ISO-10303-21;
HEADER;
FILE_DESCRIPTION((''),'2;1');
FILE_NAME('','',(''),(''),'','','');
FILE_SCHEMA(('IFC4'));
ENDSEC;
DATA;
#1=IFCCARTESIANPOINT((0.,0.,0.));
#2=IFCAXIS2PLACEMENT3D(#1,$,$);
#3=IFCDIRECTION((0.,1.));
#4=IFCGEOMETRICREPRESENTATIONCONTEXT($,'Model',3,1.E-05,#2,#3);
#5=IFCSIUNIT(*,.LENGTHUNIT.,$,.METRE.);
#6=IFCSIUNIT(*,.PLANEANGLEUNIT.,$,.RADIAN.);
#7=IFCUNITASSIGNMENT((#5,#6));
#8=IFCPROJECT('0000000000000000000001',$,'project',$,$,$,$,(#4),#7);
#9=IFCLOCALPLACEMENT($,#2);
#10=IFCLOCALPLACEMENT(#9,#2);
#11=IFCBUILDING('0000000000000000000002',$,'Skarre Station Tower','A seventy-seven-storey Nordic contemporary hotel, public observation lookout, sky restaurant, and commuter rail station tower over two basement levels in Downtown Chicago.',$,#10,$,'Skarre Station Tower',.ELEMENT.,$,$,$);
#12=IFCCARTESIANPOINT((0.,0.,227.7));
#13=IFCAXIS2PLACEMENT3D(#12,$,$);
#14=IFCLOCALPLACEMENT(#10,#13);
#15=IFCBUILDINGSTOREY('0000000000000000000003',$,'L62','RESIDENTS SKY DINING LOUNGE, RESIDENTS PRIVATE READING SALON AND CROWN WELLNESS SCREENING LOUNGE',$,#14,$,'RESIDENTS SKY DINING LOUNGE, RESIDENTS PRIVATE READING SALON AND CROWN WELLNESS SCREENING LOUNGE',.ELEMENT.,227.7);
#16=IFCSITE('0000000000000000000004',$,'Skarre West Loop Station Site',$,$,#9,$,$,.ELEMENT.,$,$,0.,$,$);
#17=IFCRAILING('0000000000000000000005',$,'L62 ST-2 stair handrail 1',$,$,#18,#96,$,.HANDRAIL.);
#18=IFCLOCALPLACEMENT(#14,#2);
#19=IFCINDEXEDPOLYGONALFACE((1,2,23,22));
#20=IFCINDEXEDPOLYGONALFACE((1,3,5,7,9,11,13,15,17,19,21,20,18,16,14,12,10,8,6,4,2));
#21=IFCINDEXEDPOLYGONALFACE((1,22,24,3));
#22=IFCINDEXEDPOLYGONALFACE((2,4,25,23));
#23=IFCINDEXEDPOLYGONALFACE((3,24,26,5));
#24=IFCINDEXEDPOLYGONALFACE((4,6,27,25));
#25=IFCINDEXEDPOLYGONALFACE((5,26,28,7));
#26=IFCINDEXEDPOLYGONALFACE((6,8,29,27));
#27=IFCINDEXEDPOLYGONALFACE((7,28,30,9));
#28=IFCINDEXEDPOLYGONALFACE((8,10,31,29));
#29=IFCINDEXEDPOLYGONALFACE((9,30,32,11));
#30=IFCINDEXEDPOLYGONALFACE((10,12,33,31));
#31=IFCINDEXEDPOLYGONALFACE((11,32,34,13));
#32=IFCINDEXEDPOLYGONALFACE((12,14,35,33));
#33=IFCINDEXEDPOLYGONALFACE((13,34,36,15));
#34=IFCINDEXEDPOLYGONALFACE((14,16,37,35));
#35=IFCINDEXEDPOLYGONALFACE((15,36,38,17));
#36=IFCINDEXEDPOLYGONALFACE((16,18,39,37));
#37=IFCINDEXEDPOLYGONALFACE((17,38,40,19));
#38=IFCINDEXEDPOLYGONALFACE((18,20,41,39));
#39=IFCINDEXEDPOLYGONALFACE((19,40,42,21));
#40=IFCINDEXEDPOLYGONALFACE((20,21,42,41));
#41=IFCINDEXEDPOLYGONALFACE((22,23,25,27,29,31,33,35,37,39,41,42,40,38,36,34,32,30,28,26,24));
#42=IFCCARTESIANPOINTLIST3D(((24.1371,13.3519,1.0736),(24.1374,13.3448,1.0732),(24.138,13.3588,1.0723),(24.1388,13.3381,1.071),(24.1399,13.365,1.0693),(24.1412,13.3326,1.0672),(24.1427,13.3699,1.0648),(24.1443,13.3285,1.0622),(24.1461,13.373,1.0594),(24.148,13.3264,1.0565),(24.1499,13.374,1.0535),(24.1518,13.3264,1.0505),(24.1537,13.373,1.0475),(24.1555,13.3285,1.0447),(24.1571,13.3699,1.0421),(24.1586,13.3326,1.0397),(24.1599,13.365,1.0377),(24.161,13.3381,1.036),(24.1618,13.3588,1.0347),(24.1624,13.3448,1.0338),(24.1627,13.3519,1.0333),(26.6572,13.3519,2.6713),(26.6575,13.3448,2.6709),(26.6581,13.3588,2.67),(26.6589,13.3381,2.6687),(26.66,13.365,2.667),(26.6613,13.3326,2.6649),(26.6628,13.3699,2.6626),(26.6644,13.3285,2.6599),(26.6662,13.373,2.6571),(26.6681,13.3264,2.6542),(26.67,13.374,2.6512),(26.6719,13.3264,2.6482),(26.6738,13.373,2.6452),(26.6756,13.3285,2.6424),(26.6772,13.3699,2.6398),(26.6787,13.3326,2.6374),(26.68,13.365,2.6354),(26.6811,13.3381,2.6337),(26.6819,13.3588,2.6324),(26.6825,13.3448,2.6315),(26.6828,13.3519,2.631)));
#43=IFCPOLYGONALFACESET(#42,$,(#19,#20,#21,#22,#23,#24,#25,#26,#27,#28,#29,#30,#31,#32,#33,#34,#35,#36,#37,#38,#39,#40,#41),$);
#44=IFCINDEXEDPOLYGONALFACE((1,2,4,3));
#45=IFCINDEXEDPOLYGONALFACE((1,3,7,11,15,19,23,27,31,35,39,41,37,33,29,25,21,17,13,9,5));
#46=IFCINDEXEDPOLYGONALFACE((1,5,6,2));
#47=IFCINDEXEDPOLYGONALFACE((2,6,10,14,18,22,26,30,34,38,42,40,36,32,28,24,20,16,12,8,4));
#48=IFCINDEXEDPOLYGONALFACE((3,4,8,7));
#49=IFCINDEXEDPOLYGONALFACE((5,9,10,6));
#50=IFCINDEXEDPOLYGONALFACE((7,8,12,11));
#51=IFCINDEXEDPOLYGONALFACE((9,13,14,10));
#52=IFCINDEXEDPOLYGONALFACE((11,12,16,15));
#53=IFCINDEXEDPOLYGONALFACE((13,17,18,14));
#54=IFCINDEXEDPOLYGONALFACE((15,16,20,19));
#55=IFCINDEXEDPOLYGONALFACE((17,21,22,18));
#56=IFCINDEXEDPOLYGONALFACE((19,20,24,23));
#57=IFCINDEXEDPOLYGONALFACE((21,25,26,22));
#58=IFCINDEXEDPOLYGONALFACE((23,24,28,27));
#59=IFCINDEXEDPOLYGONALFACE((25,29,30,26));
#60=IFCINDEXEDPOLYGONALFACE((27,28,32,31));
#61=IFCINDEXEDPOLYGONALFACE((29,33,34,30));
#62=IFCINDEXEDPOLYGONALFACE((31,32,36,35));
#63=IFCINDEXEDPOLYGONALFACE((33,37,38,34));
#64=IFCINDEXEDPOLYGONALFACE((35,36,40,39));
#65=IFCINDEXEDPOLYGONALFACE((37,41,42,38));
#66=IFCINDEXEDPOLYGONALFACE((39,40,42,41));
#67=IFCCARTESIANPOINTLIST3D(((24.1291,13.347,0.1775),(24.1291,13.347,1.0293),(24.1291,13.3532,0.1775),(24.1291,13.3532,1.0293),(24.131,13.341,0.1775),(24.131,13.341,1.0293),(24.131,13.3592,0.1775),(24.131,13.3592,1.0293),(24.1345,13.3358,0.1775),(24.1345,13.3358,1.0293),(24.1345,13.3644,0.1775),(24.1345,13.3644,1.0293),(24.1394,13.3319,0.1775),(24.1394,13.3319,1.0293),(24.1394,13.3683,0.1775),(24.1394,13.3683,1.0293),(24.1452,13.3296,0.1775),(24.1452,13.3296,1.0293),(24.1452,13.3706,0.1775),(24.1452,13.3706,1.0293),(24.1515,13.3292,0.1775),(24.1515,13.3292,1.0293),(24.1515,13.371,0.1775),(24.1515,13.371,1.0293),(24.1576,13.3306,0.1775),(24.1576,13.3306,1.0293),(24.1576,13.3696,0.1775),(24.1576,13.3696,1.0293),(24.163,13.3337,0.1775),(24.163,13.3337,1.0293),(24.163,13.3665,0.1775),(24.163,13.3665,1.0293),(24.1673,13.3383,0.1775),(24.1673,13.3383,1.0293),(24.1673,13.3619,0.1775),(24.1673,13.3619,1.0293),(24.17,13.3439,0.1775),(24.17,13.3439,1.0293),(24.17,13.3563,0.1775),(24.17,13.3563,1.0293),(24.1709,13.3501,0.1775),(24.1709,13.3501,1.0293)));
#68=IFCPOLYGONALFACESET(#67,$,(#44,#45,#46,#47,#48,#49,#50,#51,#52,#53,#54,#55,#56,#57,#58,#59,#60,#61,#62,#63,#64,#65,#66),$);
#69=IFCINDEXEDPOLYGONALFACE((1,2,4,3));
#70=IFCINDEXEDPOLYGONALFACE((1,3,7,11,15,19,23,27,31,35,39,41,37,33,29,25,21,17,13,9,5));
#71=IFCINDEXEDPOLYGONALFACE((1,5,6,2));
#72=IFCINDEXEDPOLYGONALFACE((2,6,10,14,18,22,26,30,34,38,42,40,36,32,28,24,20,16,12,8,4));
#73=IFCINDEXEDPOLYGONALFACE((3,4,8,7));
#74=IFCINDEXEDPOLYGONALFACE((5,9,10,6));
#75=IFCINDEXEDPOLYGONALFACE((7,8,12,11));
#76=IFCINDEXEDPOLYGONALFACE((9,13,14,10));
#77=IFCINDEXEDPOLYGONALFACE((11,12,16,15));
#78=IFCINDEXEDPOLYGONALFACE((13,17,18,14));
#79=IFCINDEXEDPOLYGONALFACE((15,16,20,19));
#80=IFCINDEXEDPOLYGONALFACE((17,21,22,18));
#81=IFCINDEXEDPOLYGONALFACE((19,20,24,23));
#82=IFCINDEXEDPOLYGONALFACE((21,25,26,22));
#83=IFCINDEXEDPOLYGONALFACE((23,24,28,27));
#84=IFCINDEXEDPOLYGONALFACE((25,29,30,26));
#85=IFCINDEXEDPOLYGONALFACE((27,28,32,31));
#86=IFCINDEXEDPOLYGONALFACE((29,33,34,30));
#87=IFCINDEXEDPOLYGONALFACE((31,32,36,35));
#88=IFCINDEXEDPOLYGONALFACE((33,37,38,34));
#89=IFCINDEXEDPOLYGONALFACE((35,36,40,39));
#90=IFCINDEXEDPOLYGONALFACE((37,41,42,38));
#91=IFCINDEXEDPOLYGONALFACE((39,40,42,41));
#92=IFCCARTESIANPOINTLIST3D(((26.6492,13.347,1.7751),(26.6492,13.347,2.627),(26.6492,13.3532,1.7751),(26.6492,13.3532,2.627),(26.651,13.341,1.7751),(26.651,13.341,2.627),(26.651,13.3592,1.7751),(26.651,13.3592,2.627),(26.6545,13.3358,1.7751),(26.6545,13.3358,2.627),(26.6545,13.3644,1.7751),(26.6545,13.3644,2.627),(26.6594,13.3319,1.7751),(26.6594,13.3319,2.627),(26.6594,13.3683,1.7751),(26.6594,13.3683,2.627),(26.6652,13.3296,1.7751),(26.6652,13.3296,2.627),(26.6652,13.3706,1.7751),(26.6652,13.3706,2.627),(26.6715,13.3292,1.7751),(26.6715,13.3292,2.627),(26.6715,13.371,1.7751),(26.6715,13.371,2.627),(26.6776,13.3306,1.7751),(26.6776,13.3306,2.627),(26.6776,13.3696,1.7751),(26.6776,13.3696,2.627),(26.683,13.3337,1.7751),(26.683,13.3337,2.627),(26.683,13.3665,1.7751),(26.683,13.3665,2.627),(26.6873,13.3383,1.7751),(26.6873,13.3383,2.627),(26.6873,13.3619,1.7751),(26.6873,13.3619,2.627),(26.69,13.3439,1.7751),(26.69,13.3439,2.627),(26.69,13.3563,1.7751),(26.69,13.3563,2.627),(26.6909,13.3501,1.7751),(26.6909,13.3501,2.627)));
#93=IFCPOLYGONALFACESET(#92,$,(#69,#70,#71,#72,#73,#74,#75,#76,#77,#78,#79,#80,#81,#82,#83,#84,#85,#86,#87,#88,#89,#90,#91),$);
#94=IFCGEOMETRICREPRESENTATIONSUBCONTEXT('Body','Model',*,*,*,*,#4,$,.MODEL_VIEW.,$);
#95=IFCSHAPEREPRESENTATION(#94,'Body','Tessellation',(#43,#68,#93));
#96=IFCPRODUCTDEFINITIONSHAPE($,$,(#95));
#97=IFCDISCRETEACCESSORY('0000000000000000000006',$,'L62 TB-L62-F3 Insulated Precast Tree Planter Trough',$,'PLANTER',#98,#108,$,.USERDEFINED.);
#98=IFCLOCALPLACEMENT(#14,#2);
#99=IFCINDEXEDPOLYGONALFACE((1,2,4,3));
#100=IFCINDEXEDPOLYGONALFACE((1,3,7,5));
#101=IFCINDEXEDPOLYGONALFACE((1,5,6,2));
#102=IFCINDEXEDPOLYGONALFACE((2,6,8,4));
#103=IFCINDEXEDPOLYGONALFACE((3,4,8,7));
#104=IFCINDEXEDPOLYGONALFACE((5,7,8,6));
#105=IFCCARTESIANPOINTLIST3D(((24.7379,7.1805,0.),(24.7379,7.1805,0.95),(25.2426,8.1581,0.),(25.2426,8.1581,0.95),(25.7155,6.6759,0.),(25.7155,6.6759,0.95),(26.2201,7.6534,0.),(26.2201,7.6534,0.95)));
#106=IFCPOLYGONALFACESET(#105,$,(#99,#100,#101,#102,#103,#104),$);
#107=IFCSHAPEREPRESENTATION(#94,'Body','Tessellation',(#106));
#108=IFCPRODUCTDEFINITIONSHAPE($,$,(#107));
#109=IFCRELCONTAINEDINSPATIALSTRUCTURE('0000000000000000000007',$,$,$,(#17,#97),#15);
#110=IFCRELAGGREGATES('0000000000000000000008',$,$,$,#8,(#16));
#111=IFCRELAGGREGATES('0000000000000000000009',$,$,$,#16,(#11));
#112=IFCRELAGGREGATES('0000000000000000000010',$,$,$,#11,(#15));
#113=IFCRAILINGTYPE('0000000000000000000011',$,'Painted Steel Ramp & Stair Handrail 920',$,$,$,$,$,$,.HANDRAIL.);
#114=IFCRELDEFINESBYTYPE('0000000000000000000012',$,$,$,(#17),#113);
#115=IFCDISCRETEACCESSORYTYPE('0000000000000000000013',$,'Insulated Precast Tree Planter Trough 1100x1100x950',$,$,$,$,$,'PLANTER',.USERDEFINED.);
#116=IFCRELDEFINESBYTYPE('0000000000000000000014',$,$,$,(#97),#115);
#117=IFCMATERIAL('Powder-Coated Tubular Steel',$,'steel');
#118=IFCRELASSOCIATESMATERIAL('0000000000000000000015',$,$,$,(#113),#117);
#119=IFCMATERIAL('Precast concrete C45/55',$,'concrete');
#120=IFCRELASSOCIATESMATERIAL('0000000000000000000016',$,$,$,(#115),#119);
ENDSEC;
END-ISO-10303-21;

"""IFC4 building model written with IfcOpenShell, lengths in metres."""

from ifc_helpers import new_model, si_unit, direction, frame, origin, origin_2d, place, context, subcontext, project, spatial, rectangle, circle, extrude, material, type_object, element, save


model = new_model("IFC4")

# Units and contexts
model_context = context("Model", 3, precision=1e-05, world=origin(), true_north=direction((0.0, 1.0)))
body_context = subcontext(model_context, "Body", "Model", "MODEL_VIEW")
ifc_project = project(units=[si_unit("LENGTHUNIT", "METRE"), si_unit("PLANEANGLEUNIT", "RADIAN")], contexts=[model_context])

# Site, building, storey
site_placement = place(None, origin())
site = spatial("IfcSite", under=ifc_project, at=site_placement, Name="Skarre West Loop Station Site", CompositionType="ELEMENT", RefElevation=0.0)
building_placement = place(site_placement, origin())
building = spatial("IfcBuilding", under=site, at=building_placement, Name="Skarre Station Tower", Description="A seventy-seven-storey Nordic contemporary hotel, public observation lookout, sky restaurant, and commuter rail station tower over two basement levels in Downtown Chicago.", LongName="Skarre Station Tower", CompositionType="ELEMENT")
storey_placement = place(building_placement, frame((0.0, 0.0, 227.7)))
storey = spatial("IfcBuildingStorey", under=building, at=storey_placement, Name="L62", Description="RESIDENTS SKY DINING LOUNGE, RESIDENTS PRIVATE READING SALON AND CROWN WELLNESS SCREENING LOUNGE", LongName="RESIDENTS SKY DINING LOUNGE, RESIDENTS PRIVATE READING SALON AND CROWN WELLNESS SCREENING LOUNGE", CompositionType="ELEMENT", Elevation=227.7)

# Shared definitions
ifc_material_1 = material(Name="Precast concrete C45/55", Category="concrete")

# Railing
ifc_material_2 = material(Name="Powder-Coated Tubular Steel", Category="steel")
railing_type_1 = type_object("IfcRailingType", Name="Painted Steel Ramp & Stair Handrail 920", PredefinedType="HANDRAIL", material=ifc_material_2)
railing_1_placement = place(storey_placement, frame((24.1499, 13.3501, 0.1775)))
element("IfcRailing", 1, at=railing_1_placement, inside=storey, type_object=railing_type_1, Name="L62 ST-2 stair handrail 1", PredefinedType="HANDRAIL", context=body_context, shape_type="SweptSolid", body=[
    extrude(circle(Radius=0.0239, at=origin_2d()), frame((0.0, 0.0, 0.876), z_axis=(0.84457, 0.0, 0.535445), x_axis=(0.0, 1.0, 0.0)), (0.0, 0.0, 1.0), 2.9839),
    extrude(circle(Radius=0.021, at=origin_2d()), origin(), (0.0, 0.0, 1.0), 0.8518),
    extrude(circle(Radius=0.021, at=origin_2d()), frame((2.52, 0.0, 1.5977)), (0.0, 0.0, 1.0), 0.8518),
])

# Discrete accessory
discrete_accessory_type = type_object("IfcDiscreteAccessoryType", Name="Insulated Precast Tree Planter Trough 1100x1100x950", ElementType="PLANTER", PredefinedType="USERDEFINED", material=ifc_material_1)
discrete_accessory_placement = place(storey_placement, frame((25.479, 7.417, 0.0), z_axis=(0.0, 0.0, 1.0), x_axis=(-0.458712, -0.888585, 0.0)))
element("IfcDiscreteAccessory", 2, at=discrete_accessory_placement, inside=storey, type_object=discrete_accessory_type, Name="L62 TB-L62-F3 Insulated Precast Tree Planter Trough", ObjectType="PLANTER", PredefinedType="USERDEFINED", context=body_context, shape_type="SweptSolid", body=[
    extrude(rectangle(XDim=1.1001, YDim=1.1001, at=origin_2d()), origin(), (0.0, 0.0, 1.0), 0.95),
])

save(model, "model.ifc")
